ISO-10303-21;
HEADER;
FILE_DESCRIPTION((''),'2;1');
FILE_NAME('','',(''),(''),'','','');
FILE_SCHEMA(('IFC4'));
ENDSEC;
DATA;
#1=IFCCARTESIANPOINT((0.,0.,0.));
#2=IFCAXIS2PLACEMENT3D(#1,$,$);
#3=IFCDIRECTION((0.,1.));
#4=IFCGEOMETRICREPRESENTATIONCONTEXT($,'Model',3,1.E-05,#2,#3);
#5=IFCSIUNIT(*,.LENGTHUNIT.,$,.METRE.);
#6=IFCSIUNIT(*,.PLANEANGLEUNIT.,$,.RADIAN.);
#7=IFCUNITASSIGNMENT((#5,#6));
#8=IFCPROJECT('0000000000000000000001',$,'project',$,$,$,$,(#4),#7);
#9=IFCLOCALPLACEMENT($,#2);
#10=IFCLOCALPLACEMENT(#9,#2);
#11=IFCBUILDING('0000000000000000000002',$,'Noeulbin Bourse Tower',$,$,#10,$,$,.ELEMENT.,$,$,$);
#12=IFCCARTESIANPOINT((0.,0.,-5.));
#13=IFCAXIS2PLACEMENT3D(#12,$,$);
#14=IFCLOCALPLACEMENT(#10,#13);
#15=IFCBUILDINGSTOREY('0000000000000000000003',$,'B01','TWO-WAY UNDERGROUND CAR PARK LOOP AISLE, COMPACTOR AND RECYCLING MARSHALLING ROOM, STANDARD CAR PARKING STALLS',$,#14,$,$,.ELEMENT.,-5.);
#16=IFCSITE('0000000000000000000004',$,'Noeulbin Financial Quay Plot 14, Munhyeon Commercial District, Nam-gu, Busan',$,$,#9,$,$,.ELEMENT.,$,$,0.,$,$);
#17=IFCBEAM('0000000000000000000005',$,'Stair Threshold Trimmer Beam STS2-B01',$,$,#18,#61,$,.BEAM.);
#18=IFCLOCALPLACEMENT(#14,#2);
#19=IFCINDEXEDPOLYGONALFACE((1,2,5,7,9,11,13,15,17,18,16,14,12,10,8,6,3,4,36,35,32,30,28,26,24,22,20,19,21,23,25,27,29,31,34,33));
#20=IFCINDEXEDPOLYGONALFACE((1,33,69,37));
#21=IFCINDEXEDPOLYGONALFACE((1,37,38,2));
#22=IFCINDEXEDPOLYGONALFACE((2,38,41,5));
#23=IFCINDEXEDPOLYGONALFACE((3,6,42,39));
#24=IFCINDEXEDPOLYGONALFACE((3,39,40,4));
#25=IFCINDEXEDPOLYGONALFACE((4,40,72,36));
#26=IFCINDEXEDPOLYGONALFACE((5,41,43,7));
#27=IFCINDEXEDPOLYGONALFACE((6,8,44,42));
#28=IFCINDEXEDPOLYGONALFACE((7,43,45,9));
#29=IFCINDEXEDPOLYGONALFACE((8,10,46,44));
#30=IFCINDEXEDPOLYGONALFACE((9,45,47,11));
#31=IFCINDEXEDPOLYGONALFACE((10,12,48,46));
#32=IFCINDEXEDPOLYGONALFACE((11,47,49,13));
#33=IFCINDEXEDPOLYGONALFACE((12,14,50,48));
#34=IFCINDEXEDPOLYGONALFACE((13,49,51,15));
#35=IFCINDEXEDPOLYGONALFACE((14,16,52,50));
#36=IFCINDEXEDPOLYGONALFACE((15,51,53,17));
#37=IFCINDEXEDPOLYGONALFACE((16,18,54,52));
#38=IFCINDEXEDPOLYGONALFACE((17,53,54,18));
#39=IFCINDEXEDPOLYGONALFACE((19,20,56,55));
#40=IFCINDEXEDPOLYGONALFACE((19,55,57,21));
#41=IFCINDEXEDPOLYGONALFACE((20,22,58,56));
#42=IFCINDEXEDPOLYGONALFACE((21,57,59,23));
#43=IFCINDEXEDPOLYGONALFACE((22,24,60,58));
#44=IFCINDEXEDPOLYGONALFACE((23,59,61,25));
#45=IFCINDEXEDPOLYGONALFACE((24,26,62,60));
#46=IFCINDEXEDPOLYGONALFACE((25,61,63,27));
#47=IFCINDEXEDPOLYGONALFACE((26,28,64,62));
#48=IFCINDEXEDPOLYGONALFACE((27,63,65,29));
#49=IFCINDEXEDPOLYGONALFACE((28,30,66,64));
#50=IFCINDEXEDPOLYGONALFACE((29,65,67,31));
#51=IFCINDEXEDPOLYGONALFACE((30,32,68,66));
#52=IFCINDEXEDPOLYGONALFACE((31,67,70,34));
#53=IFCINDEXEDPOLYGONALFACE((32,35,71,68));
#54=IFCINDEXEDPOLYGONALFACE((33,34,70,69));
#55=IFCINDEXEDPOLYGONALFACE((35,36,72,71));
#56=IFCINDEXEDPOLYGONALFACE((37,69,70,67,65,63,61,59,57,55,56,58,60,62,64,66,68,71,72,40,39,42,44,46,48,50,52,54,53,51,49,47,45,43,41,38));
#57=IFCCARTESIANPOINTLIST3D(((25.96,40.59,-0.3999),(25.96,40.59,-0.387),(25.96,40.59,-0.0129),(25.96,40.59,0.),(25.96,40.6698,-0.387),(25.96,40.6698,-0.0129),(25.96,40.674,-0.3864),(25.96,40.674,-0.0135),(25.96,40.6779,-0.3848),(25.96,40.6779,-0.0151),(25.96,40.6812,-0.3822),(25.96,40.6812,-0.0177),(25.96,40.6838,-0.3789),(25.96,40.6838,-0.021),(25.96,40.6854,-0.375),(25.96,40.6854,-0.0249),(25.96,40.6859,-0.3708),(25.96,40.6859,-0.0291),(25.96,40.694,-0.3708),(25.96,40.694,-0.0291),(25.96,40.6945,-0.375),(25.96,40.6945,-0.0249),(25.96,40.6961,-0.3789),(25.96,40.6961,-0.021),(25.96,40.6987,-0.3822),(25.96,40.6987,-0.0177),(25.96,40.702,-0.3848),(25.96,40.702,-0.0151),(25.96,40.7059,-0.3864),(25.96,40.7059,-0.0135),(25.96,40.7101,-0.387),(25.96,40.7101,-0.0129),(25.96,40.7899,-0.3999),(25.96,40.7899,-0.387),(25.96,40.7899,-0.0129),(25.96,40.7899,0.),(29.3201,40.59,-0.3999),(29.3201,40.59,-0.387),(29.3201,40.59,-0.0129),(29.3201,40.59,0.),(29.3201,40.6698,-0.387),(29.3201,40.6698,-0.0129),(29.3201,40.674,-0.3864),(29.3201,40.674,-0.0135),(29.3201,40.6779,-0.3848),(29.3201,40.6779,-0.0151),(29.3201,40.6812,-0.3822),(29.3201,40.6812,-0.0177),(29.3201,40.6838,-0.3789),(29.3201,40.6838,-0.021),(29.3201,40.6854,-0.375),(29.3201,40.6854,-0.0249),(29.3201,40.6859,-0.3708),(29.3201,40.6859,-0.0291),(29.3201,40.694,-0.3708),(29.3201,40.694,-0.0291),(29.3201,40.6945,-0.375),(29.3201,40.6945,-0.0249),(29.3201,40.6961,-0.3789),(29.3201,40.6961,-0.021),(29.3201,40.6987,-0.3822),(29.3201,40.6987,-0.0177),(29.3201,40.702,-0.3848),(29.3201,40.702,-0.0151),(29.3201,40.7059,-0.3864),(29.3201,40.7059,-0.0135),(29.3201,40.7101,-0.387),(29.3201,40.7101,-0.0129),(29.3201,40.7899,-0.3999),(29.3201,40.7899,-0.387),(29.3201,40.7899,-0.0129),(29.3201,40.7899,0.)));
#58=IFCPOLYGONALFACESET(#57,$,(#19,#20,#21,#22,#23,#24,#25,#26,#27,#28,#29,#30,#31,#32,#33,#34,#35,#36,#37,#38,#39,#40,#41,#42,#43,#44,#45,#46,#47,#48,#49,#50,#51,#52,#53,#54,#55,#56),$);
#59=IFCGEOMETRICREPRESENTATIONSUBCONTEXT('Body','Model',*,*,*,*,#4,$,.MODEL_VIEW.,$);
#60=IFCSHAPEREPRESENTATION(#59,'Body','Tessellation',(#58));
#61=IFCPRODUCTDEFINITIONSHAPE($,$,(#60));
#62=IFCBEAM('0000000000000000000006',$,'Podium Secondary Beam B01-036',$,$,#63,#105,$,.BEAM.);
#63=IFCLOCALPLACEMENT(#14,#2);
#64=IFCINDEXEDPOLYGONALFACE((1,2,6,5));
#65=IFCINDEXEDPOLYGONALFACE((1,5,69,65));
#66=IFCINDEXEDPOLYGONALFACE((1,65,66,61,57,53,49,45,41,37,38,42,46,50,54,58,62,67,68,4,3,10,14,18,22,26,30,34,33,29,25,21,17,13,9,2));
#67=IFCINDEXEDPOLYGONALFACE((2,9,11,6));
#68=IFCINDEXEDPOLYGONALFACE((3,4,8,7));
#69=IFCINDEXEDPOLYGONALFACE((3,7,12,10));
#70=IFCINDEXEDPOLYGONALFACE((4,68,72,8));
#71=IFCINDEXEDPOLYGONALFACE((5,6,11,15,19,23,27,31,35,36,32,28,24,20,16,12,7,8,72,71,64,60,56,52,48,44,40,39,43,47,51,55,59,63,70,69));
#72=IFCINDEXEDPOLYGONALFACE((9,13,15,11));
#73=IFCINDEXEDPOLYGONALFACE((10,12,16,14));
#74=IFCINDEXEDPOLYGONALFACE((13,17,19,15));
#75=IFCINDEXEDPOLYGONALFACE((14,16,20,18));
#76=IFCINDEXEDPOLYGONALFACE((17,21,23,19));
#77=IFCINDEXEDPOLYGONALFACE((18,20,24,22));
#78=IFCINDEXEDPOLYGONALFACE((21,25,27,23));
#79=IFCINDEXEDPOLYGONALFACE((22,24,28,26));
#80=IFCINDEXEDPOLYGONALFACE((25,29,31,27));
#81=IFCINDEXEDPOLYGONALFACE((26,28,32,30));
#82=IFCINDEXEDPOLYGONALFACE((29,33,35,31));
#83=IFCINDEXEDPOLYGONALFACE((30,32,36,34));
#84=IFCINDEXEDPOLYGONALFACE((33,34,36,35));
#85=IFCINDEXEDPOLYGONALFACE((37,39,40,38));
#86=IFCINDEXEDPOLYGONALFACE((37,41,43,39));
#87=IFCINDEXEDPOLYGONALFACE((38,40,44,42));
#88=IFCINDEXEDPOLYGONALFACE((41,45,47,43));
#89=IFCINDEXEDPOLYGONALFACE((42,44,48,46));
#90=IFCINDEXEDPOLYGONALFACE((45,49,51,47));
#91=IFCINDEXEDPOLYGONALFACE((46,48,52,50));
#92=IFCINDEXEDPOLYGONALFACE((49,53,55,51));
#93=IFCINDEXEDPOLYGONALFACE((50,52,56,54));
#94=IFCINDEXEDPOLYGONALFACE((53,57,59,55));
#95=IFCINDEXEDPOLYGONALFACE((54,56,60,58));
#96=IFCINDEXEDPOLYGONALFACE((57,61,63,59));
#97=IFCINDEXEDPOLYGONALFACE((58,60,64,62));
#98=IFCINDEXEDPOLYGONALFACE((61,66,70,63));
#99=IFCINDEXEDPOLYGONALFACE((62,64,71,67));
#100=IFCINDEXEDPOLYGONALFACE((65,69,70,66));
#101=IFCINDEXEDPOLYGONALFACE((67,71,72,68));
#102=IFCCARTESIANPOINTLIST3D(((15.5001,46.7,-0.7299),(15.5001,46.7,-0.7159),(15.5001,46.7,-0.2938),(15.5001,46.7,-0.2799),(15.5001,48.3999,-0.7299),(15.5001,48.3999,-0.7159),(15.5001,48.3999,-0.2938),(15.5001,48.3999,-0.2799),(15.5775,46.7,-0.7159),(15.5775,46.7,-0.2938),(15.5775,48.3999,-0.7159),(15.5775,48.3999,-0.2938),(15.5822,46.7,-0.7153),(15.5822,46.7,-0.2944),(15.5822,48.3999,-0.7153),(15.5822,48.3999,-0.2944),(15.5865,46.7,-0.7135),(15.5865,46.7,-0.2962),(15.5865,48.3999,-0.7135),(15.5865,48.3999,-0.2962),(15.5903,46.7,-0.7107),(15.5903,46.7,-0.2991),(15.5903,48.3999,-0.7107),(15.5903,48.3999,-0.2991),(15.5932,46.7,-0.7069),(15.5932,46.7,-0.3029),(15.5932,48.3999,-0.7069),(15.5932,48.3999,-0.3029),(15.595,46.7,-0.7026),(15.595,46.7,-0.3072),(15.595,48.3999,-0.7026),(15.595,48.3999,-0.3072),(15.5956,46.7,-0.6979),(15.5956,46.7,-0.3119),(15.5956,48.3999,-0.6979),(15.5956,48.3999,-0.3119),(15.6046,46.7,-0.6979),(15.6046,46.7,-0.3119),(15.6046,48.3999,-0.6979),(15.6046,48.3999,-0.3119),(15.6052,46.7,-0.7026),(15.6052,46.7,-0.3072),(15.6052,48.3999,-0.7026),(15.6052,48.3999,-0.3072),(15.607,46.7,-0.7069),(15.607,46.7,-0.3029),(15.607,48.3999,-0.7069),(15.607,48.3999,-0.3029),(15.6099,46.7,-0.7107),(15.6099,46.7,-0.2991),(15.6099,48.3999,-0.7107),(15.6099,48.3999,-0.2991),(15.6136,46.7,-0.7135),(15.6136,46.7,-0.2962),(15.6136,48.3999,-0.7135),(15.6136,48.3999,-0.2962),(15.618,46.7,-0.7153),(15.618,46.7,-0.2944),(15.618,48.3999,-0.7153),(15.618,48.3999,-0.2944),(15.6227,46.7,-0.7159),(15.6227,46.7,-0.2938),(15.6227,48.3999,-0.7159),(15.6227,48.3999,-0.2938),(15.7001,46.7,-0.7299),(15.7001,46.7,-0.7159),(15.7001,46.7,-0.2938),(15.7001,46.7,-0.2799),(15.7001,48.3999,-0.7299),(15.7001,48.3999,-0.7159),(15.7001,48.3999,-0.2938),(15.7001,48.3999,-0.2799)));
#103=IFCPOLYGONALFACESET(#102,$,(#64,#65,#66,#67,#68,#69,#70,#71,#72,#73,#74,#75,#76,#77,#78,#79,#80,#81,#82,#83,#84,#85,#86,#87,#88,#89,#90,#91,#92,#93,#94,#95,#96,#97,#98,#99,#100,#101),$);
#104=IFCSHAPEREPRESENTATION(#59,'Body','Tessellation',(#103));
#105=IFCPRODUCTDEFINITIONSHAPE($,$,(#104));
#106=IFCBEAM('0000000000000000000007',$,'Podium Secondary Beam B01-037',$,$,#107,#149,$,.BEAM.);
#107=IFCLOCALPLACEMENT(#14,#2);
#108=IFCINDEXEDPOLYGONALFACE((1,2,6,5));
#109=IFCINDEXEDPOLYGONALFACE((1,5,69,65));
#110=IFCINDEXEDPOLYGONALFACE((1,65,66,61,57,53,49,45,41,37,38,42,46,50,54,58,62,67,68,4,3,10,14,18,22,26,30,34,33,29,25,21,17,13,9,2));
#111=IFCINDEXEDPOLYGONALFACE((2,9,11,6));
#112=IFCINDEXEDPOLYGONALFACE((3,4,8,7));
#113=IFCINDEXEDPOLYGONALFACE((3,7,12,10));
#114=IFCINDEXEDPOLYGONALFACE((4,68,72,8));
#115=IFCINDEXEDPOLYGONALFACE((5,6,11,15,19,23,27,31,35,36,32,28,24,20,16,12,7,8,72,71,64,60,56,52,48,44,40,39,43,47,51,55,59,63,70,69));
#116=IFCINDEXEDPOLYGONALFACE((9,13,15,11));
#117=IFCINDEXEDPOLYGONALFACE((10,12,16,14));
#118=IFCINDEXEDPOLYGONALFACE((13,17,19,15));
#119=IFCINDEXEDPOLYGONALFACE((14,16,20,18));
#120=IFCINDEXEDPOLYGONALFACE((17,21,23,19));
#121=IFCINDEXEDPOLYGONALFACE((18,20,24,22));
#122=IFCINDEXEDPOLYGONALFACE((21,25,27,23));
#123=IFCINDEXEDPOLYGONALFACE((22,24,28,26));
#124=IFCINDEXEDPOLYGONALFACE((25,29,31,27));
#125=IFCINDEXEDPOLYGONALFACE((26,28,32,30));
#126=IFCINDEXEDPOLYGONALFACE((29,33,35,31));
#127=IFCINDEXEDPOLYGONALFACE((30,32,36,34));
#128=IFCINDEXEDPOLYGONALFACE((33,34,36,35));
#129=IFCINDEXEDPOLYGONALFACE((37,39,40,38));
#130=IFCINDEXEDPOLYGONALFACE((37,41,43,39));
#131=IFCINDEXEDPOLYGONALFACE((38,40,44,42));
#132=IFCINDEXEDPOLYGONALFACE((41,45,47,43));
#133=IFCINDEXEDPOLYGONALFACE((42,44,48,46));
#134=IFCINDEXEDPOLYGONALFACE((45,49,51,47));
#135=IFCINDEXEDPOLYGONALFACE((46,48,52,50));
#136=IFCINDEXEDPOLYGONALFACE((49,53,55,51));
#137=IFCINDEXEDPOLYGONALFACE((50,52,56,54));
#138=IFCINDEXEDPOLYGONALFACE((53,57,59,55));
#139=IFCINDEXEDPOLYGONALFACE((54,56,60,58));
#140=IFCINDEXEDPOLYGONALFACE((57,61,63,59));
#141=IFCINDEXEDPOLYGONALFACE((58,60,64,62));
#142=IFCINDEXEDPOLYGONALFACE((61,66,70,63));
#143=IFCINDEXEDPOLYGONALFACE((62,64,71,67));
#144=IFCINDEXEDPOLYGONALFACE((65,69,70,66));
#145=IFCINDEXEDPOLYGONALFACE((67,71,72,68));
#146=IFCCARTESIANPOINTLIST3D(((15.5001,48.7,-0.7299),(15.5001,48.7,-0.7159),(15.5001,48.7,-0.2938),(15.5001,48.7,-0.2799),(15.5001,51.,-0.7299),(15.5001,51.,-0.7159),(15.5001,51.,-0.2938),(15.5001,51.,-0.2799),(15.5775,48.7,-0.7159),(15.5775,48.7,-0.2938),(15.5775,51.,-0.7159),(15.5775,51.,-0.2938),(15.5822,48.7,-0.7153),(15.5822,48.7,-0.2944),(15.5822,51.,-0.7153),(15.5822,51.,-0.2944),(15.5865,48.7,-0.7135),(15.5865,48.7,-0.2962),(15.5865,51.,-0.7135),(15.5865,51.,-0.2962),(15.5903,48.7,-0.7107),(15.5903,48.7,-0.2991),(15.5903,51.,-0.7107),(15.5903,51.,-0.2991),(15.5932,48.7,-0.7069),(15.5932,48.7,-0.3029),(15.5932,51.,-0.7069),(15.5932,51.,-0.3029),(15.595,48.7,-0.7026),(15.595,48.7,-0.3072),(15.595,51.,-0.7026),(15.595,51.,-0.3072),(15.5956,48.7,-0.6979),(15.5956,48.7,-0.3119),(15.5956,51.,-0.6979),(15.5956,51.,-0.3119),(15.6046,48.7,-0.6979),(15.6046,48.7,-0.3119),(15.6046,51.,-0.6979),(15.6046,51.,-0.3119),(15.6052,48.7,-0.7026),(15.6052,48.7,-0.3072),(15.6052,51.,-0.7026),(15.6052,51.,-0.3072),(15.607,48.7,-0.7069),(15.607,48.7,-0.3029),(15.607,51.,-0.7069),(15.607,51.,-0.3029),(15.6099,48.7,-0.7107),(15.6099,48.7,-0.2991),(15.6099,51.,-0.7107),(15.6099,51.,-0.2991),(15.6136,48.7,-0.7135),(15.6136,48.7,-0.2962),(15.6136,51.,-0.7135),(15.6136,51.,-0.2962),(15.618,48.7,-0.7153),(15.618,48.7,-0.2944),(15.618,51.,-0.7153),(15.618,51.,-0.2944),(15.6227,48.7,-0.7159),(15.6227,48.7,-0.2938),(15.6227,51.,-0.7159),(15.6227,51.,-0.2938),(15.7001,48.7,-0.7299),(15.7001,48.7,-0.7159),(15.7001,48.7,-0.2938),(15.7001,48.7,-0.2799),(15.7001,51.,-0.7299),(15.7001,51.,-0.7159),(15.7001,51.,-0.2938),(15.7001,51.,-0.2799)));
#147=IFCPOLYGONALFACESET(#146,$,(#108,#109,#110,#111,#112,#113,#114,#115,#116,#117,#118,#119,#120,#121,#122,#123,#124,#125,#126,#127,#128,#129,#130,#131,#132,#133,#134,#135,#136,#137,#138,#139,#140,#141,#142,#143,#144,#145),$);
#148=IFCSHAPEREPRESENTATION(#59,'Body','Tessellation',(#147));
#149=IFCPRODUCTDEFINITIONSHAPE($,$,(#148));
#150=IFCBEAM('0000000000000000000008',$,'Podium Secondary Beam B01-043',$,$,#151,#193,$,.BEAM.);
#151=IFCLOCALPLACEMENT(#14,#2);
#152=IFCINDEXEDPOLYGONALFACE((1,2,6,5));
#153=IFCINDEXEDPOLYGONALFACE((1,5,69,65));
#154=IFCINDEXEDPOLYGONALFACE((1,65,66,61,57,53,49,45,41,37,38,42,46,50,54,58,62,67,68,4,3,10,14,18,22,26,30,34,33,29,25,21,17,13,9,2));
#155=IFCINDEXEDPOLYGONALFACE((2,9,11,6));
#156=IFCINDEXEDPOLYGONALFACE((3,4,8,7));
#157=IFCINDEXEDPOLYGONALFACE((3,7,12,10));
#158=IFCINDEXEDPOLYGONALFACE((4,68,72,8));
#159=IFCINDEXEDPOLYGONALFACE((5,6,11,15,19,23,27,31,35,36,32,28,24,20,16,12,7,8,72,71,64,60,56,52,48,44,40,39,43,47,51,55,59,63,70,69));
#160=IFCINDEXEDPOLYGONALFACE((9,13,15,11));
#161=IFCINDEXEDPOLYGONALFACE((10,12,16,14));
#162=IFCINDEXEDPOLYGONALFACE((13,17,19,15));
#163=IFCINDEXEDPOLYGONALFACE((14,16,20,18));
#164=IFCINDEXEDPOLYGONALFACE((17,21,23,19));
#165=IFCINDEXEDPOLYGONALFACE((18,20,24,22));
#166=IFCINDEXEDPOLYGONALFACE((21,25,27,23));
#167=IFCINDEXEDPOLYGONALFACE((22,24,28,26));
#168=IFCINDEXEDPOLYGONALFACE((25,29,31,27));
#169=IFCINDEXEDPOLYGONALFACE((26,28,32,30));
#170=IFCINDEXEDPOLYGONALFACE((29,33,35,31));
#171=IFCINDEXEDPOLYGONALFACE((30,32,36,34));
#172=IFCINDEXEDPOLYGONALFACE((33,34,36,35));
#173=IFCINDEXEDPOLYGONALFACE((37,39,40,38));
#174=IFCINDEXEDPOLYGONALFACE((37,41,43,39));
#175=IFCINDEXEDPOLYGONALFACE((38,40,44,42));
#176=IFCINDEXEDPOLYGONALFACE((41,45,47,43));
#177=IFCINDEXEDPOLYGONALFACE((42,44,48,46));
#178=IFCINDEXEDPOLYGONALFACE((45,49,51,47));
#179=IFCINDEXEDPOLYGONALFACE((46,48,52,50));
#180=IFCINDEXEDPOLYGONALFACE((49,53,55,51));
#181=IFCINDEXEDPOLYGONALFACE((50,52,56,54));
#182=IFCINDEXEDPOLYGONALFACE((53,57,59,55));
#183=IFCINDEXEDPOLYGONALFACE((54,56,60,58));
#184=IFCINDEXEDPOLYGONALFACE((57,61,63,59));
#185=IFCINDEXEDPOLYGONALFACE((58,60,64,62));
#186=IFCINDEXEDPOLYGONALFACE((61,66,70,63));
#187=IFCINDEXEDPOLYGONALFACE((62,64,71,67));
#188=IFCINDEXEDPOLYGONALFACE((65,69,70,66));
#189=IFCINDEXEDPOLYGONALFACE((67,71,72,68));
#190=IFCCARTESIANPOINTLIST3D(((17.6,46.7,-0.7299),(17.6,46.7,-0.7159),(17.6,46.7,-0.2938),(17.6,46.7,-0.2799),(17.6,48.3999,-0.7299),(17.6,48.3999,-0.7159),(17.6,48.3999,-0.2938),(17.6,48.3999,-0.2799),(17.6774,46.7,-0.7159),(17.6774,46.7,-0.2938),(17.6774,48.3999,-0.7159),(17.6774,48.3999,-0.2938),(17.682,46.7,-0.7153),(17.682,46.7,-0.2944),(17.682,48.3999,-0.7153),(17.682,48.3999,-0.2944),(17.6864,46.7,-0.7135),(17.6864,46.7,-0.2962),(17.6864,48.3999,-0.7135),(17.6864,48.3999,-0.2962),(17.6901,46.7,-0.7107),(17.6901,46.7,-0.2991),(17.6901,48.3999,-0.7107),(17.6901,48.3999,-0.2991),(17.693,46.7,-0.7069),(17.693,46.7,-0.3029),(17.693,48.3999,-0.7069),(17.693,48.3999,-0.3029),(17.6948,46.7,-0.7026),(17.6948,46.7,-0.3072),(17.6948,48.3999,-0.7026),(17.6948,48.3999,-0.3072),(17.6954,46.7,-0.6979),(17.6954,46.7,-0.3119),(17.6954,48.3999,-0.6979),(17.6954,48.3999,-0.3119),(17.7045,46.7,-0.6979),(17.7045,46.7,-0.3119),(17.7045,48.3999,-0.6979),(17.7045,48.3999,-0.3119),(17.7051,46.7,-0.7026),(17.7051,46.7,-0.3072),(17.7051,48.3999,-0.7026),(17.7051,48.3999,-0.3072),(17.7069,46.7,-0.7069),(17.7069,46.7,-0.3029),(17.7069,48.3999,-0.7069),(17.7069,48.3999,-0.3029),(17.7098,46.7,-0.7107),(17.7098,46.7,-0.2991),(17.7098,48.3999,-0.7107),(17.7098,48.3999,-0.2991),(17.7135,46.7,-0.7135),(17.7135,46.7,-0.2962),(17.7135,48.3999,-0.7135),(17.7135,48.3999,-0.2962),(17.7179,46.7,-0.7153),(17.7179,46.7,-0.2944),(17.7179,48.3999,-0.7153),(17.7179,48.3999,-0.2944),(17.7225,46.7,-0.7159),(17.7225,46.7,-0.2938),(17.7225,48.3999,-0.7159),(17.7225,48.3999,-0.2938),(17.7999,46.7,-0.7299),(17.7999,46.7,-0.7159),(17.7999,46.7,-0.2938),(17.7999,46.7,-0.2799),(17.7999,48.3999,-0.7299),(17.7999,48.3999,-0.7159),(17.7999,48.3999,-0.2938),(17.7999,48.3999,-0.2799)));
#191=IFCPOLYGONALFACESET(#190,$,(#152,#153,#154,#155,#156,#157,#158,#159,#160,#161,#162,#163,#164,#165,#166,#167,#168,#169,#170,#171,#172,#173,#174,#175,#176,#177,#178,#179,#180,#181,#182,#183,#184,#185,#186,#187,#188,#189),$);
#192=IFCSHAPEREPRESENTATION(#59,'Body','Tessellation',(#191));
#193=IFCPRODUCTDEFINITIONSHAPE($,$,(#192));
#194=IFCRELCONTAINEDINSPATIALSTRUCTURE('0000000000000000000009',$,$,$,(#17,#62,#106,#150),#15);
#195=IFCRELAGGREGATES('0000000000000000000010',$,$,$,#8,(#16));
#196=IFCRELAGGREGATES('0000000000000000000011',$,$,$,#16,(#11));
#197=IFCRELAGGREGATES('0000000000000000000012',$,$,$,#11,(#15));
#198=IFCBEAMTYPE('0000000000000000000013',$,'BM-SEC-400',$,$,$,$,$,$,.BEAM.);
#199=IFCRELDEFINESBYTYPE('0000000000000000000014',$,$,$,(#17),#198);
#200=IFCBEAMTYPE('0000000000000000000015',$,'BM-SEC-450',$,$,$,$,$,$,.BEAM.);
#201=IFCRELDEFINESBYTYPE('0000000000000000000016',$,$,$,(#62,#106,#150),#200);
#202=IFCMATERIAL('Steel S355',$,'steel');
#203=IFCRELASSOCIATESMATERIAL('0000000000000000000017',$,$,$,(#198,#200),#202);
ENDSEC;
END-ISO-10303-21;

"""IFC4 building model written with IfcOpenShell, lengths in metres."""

from ifc_helpers import new_model, si_unit, direction, frame, origin, origin_2d, place, context, subcontext, project, spatial, i_section, extrude, material, material_profile, profile_set, type_object, element, save


model = new_model("IFC4")

# Units and contexts
model_context = context("Model", 3, precision=1e-05, world=origin(), true_north=direction((0.0, 1.0)))
body_context = subcontext(model_context, "Body", "Model", "MODEL_VIEW")
ifc_project = project(units=[si_unit("LENGTHUNIT", "METRE"), si_unit("PLANEANGLEUNIT", "RADIAN")], contexts=[model_context])

# Site, building, storey
site_placement = place(None, origin())
site = spatial("IfcSite", under=ifc_project, at=site_placement, Name="Noeulbin Financial Quay Plot 14, Munhyeon Commercial District, Nam-gu, Busan", CompositionType="ELEMENT", RefElevation=0.0)
building_placement = place(site_placement, origin())
building = spatial("IfcBuilding", under=site, at=building_placement, Name="Noeulbin Bourse Tower", CompositionType="ELEMENT")
storey_placement = place(building_placement, frame((0.0, 0.0, -5.0)))
storey = spatial("IfcBuildingStorey", under=building, at=storey_placement, Name="B01", Description="TWO-WAY UNDERGROUND CAR PARK LOOP AISLE, COMPACTOR AND RECYCLING MARSHALLING ROOM, STANDARD CAR PARKING STALLS", CompositionType="ELEMENT", Elevation=-5.0)

# Beams
ifc_material_1 = material(Name="Steel S355", Category="steel")
ifc_material_profile_1 = material_profile(ifc_material_1, i_section(OverallWidth=0.2, OverallDepth=0.3999, WebThickness=0.0081, FlangeThickness=0.0129, FilletRadius=0.0161, at=origin_2d()), Name="H-400x200x8x13", Category="LoadBearing")
ifc_profile_set_1 = profile_set([ifc_material_profile_1], Name="Steel S355")
beam_type_1 = type_object("IfcBeamType", Name="BM-SEC-400", PredefinedType="BEAM", material=ifc_profile_set_1)
beam_1_placement = place(storey_placement, frame((25.96, 40.6899, -0.2), z_axis=(1.0, 0.0, 0.0), x_axis=(0.0, 1.0, 0.0)))
element("IfcBeam", 1, at=beam_1_placement, inside=storey, type_object=beam_type_1, Name="Stair Threshold Trimmer Beam STS2-B01", PredefinedType="BEAM", context=body_context, shape_type="SweptSolid", body=[
    extrude(i_section(OverallWidth=0.2, OverallDepth=0.3999, WebThickness=0.0081, FlangeThickness=0.0129, FilletRadius=0.0161, at=origin_2d()), origin(), (0.0, 0.0, 1.0), 3.3601),
])
ifc_material_profile_2 = material_profile(ifc_material_1, i_section(OverallWidth=0.2, OverallDepth=0.45, WebThickness=0.009, FlangeThickness=0.0139, FilletRadius=0.0181, at=origin_2d()), Name="H-450x200x9x14", Category="LoadBearing")
ifc_profile_set_2 = profile_set([ifc_material_profile_2], Name="Steel S355")
beam_type_2 = type_object("IfcBeamType", Name="BM-SEC-450", PredefinedType="BEAM", material=ifc_profile_set_2)
beam_2_placement = place(storey_placement, frame((15.6001, 46.7, -0.5049), z_axis=(0.0, 1.0, 0.0), x_axis=(-1.0, 0.0, 0.0)))
element("IfcBeam", 2, at=beam_2_placement, inside=storey, type_object=beam_type_2, Name="Podium Secondary Beam B01-036", PredefinedType="BEAM", context=body_context, shape_type="SweptSolid", body=[
    extrude(i_section(OverallWidth=0.2, OverallDepth=0.45, WebThickness=0.009, FlangeThickness=0.0139, FilletRadius=0.0181, at=origin_2d()), origin(), (0.0, 0.0, 1.0), 1.7),
])
beam_3_placement = place(storey_placement, frame((15.6001, 48.7, -0.5049), z_axis=(0.0, 1.0, 0.0), x_axis=(-1.0, 0.0, 0.0)))
element("IfcBeam", 3, at=beam_3_placement, inside=storey, type_object=beam_type_2, Name="Podium Secondary Beam B01-037", PredefinedType="BEAM", context=body_context, shape_type="SweptSolid", body=[
    extrude(i_section(OverallWidth=0.2, OverallDepth=0.45, WebThickness=0.009, FlangeThickness=0.0139, FilletRadius=0.0181, at=origin_2d()), origin(), (0.0, 0.0, 1.0), 2.3),
])
beam_4_placement = place(storey_placement, frame((17.7, 46.7, -0.5049), z_axis=(0.0, 1.0, 0.0), x_axis=(-1.0, 0.0, 0.0)))
element("IfcBeam", 4, at=beam_4_placement, inside=storey, type_object=beam_type_2, Name="Podium Secondary Beam B01-043", PredefinedType="BEAM", context=body_context, shape_type="SweptSolid", body=[
    extrude(i_section(OverallWidth=0.2, OverallDepth=0.45, WebThickness=0.009, FlangeThickness=0.0139, FilletRadius=0.0181, at=origin_2d()), origin(), (0.0, 0.0, 1.0), 1.7),
])

save(model, "model.ifc")
